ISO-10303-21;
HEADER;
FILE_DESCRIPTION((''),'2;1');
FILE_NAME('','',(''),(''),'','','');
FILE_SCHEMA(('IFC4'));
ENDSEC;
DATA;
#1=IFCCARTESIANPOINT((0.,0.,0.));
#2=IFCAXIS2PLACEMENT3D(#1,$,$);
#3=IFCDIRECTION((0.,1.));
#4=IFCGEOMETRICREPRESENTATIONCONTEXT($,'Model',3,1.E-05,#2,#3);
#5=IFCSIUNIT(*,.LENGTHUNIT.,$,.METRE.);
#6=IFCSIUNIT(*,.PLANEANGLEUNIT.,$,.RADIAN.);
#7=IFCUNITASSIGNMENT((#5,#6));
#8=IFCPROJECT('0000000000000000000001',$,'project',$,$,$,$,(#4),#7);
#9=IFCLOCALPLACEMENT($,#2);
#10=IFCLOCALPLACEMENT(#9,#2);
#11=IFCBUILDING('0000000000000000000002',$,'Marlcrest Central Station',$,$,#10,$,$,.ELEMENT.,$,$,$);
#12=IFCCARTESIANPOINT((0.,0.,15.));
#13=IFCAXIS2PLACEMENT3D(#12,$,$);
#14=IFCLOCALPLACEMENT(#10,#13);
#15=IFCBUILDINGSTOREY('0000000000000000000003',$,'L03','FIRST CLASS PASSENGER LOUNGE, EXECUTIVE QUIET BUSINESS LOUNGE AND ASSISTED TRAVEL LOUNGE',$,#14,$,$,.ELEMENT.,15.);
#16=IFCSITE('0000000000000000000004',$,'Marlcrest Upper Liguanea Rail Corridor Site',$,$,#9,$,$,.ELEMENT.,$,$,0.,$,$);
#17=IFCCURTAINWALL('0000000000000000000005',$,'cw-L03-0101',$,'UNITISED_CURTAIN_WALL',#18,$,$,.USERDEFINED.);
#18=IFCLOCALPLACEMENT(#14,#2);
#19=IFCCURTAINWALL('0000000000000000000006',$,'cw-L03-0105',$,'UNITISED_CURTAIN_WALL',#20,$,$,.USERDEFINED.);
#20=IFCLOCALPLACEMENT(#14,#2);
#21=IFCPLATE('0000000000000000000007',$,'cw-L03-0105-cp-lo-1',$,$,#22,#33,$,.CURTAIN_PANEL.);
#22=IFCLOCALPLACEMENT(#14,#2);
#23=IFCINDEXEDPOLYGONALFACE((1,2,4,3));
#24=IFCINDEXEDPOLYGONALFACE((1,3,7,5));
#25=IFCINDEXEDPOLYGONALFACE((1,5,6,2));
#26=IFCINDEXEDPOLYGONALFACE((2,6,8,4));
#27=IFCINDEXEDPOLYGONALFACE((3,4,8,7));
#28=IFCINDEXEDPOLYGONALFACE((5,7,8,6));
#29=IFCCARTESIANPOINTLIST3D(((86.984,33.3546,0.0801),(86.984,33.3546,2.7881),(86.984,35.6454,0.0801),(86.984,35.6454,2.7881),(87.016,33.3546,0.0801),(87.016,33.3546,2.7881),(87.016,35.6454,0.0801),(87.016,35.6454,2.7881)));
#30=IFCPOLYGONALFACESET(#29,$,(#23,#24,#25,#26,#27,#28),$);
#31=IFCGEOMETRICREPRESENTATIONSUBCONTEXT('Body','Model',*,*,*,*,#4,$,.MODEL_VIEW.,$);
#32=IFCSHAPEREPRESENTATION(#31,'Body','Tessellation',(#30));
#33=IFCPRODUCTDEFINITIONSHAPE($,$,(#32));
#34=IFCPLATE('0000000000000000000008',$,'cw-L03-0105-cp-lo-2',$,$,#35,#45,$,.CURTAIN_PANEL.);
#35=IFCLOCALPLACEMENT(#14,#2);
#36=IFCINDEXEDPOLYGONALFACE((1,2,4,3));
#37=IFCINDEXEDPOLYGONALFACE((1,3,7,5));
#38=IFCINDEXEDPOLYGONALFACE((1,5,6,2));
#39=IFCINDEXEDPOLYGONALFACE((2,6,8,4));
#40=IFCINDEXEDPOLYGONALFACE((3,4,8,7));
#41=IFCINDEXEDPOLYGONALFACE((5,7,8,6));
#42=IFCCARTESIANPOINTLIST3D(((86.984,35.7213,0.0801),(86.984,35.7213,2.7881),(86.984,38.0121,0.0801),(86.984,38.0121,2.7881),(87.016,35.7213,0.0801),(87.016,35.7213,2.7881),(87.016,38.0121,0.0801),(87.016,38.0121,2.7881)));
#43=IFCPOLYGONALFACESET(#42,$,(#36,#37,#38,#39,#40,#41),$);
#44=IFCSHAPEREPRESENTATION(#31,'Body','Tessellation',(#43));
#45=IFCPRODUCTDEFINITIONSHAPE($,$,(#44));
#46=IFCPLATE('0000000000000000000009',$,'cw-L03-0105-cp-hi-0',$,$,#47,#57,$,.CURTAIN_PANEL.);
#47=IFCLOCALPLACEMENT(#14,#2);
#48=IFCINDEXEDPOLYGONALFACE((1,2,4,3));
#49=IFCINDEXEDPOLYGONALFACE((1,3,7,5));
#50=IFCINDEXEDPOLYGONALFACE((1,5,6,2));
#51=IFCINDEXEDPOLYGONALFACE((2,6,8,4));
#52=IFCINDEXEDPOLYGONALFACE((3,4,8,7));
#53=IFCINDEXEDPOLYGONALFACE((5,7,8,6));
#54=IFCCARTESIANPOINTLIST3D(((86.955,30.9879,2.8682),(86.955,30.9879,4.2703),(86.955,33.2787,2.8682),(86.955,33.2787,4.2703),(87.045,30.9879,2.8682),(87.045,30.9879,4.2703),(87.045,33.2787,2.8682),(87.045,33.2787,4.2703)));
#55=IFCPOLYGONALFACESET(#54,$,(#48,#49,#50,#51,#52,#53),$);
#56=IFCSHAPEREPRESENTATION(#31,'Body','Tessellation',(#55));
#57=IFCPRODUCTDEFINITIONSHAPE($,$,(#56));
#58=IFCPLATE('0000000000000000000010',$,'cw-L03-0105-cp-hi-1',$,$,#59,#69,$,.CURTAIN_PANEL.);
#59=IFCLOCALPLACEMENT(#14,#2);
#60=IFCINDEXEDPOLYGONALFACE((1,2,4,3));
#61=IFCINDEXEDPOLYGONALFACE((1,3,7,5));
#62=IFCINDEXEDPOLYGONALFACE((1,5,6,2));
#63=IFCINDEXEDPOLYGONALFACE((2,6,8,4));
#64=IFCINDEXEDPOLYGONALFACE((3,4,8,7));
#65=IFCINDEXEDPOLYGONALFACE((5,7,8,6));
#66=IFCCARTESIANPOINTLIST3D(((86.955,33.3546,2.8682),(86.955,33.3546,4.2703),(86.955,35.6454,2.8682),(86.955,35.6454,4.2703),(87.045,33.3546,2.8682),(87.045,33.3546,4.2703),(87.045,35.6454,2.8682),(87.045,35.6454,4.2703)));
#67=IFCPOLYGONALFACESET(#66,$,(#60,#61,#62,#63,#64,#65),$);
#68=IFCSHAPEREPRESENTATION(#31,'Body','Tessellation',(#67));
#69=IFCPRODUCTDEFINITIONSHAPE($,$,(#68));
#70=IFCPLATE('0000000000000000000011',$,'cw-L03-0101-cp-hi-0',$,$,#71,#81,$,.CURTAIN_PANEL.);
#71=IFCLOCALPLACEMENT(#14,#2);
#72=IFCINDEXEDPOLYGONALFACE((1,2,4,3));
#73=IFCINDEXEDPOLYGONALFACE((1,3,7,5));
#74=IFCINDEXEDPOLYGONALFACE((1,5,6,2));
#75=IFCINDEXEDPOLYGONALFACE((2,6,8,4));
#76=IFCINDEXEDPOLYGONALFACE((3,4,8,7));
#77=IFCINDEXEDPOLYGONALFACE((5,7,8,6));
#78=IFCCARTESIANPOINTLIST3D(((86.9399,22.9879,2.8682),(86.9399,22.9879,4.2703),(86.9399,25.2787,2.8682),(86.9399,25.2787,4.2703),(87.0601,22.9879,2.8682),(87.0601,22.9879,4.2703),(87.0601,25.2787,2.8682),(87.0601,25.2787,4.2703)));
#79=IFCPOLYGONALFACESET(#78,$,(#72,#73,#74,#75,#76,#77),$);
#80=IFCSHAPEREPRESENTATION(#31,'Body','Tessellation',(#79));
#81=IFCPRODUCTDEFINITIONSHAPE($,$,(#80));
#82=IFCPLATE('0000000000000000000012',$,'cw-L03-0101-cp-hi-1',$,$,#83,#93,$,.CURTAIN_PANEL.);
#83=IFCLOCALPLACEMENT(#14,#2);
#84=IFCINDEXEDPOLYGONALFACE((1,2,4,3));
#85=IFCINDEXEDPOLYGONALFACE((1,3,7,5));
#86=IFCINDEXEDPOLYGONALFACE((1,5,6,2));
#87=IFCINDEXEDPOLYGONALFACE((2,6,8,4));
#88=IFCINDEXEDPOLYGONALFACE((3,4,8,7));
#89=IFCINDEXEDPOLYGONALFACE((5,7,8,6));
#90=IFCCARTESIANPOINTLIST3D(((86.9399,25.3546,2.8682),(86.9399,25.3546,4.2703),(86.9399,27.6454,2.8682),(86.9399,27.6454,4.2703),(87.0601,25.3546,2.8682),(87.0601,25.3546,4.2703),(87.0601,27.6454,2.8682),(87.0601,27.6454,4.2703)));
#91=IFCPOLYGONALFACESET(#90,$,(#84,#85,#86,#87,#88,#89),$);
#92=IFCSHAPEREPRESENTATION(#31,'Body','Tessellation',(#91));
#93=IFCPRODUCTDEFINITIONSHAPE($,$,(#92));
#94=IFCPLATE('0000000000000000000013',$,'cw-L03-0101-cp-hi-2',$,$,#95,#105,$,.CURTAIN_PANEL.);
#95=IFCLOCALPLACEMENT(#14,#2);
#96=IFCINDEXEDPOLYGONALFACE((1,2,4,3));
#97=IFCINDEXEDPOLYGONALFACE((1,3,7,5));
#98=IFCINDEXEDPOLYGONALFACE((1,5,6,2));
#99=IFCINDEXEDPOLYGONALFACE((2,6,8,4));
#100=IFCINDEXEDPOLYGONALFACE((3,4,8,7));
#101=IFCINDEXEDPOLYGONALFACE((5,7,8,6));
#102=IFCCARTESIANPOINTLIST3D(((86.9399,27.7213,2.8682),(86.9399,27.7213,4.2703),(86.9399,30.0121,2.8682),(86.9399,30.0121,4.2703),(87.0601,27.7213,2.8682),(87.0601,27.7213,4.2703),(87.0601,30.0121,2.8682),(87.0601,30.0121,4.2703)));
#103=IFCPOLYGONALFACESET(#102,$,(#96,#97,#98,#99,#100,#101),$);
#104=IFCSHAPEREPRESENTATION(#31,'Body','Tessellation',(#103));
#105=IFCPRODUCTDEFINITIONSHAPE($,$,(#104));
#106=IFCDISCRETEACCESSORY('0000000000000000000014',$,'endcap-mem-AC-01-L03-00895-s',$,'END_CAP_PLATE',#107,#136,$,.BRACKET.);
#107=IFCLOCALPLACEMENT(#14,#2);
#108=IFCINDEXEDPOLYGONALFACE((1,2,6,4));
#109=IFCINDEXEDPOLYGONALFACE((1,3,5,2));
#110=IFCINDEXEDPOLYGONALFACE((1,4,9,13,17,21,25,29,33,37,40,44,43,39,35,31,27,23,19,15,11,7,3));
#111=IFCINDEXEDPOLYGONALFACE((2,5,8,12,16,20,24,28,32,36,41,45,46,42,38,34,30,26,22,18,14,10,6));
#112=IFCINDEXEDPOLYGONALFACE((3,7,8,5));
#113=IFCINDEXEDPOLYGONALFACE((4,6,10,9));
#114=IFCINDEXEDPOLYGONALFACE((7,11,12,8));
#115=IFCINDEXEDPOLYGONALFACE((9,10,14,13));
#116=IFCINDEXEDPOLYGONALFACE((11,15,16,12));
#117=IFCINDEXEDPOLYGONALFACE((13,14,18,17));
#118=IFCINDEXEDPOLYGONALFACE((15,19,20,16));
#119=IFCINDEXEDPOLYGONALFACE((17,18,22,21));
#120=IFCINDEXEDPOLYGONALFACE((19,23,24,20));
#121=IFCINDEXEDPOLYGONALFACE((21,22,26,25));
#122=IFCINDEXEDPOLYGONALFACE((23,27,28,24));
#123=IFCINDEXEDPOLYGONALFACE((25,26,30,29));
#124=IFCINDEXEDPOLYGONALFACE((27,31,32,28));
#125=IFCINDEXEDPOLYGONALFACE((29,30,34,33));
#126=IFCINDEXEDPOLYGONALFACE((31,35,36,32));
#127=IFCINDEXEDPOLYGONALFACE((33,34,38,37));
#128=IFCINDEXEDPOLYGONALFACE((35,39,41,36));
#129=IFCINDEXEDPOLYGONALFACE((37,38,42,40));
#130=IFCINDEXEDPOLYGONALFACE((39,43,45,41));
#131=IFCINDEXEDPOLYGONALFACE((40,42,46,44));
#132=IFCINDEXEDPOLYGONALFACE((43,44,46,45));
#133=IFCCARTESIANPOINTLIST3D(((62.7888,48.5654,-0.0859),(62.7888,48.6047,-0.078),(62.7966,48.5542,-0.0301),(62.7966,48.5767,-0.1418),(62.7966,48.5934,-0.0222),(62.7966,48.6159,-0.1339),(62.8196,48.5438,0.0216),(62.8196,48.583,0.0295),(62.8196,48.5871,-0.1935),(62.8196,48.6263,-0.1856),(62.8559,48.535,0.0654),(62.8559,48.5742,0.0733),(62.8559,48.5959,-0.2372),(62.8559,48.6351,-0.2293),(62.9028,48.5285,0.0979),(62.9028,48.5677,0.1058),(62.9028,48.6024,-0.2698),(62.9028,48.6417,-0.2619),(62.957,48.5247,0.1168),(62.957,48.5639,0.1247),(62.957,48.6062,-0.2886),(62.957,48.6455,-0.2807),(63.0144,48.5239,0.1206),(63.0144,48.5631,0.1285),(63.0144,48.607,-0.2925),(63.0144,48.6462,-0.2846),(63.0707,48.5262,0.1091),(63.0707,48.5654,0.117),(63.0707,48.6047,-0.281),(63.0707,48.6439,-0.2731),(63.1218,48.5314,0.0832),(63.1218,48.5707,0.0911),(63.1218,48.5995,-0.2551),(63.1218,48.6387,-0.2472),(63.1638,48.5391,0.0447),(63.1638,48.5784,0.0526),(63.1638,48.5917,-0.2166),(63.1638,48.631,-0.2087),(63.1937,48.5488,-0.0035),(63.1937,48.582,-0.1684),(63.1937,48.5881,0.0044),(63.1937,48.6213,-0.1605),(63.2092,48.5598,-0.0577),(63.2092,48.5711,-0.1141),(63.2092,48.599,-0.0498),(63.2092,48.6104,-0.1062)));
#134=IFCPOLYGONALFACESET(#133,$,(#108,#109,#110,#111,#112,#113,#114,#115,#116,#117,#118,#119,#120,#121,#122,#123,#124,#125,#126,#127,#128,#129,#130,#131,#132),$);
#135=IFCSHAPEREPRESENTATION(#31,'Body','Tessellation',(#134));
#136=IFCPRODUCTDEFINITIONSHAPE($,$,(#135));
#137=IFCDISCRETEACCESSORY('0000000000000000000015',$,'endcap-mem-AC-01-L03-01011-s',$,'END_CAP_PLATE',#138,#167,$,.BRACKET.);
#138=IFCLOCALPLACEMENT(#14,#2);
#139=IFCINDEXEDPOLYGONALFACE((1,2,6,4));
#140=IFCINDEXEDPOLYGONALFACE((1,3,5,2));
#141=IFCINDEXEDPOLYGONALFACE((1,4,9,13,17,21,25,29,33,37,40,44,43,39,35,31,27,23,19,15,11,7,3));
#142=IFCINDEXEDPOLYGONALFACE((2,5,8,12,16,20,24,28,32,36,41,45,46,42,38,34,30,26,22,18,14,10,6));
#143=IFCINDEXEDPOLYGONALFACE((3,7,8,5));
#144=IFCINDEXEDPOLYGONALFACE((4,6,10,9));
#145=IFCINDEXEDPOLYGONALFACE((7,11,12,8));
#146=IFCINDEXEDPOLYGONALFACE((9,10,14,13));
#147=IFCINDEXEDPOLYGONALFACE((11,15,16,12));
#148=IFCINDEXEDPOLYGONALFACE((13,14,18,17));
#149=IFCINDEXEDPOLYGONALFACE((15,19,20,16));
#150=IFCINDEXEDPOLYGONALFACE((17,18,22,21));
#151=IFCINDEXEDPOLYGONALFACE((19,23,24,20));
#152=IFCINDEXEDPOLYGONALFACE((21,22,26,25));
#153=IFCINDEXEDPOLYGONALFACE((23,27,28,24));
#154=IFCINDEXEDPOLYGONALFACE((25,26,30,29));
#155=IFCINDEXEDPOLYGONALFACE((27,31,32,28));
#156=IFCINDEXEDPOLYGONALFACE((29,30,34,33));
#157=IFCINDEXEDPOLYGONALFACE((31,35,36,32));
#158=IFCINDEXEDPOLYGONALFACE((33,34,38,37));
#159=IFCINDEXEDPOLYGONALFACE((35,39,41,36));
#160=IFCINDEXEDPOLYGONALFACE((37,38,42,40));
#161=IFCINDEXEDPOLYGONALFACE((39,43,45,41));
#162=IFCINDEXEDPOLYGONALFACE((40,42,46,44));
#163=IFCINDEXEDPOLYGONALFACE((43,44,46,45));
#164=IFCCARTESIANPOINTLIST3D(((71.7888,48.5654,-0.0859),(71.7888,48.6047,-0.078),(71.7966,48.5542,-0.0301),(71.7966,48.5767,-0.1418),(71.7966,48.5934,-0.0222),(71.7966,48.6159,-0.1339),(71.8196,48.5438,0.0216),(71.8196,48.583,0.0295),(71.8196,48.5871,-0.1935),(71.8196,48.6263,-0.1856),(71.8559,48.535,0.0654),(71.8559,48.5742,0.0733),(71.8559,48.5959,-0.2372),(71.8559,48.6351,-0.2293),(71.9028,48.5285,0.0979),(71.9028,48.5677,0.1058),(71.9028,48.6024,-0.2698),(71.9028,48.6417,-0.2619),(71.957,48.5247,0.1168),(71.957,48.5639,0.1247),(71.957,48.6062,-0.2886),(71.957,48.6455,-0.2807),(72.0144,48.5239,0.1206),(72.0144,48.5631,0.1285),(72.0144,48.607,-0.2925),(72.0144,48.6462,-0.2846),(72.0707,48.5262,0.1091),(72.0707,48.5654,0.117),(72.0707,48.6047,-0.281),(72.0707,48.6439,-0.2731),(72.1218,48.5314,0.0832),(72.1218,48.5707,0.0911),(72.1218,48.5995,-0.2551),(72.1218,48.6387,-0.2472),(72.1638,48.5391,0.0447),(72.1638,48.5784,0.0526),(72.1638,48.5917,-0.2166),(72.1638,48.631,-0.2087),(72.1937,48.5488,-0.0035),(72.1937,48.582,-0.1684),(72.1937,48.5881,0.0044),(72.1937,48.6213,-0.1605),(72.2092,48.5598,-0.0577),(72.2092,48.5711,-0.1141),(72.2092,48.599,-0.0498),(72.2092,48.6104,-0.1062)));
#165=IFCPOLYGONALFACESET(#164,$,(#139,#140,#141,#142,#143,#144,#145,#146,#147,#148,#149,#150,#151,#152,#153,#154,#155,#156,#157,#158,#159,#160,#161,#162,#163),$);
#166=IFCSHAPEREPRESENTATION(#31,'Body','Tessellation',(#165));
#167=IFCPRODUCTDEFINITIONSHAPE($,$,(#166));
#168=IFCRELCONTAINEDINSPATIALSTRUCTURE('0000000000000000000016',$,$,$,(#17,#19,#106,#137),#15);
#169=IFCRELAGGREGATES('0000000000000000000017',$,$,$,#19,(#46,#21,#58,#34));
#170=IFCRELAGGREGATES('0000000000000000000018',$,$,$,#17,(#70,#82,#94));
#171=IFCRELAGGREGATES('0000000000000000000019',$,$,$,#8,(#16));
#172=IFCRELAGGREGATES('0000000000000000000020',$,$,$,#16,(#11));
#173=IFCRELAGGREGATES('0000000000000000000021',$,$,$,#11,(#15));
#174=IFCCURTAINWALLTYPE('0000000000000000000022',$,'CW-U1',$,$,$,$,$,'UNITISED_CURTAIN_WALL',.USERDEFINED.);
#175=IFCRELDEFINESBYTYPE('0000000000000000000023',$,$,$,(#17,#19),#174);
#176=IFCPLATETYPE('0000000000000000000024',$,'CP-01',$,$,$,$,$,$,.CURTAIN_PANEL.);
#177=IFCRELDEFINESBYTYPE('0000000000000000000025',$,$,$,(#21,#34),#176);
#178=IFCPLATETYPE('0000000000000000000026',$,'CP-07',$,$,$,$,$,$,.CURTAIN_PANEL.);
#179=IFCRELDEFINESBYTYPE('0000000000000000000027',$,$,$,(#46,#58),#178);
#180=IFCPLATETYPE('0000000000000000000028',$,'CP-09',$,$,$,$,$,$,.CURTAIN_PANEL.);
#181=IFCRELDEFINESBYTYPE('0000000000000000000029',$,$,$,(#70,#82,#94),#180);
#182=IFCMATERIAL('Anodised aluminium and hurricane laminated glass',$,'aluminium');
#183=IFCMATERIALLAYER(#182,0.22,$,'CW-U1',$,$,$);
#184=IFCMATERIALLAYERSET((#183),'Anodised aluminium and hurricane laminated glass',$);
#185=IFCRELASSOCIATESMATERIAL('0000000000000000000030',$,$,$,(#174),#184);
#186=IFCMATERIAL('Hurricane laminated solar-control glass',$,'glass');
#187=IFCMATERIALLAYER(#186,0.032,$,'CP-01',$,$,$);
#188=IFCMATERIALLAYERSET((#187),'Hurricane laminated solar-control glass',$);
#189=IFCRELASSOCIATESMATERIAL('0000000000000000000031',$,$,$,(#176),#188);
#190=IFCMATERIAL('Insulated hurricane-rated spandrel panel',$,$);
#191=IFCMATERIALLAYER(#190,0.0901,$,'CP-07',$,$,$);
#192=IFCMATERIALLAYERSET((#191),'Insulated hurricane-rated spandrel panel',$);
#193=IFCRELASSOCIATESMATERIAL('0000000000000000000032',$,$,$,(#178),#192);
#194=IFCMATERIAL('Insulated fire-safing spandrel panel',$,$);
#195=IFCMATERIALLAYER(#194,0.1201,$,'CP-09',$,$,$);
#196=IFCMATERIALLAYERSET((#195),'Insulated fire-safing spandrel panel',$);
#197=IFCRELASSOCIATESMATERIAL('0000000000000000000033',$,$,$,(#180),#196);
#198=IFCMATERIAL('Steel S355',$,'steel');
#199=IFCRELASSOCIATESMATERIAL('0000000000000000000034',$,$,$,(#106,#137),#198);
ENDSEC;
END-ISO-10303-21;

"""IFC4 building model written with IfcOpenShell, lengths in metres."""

from ifc_helpers import new_model, si_unit, direction, frame, origin, origin_2d, place, context, subcontext, project, spatial, rectangle, circle, extrude, material, layer, layer_set, type_object, element, aggregate, save


model = new_model("IFC4")

# Units and contexts
model_context = context("Model", 3, precision=1e-05, world=origin(), true_north=direction((0.0, 1.0)))
body_context = subcontext(model_context, "Body", "Model", "MODEL_VIEW")
ifc_project = project(units=[si_unit("LENGTHUNIT", "METRE"), si_unit("PLANEANGLEUNIT", "RADIAN")], contexts=[model_context])

# Site, building, storey
site_placement = place(None, origin())
site = spatial("IfcSite", under=ifc_project, at=site_placement, Name="Marlcrest Upper Liguanea Rail Corridor Site", CompositionType="ELEMENT", RefElevation=0.0)
building_placement = place(site_placement, origin())
building = spatial("IfcBuilding", under=site, at=building_placement, Name="Marlcrest Central Station", CompositionType="ELEMENT")
storey_placement = place(building_placement, frame((0.0, 0.0, 15.0)))
storey = spatial("IfcBuildingStorey", under=building, at=storey_placement, Name="L03", Description="FIRST CLASS PASSENGER LOUNGE, EXECUTIVE QUIET BUSINESS LOUNGE AND ASSISTED TRAVEL LOUNGE", CompositionType="ELEMENT", Elevation=15.0)

# Shared definitions
ifc_material_1 = material(Name="Steel S355", Category="steel")

# Curtain walls
ifc_material_2 = material(Name="Anodised aluminium and hurricane laminated glass", Category="aluminium")
ifc_layer_1 = layer(ifc_material_2, 0.22, Name="CW-U1")
ifc_layer_set_1 = layer_set([ifc_layer_1], Name="Anodised aluminium and hurricane laminated glass")
curtain_wall_type = type_object("IfcCurtainWallType", Name="CW-U1", ElementType="UNITISED_CURTAIN_WALL", PredefinedType="USERDEFINED", material=ifc_layer_set_1)
curtain_wall_1_placement = place(storey_placement, origin())
curtain_wall_1 = element("IfcCurtainWall", 1, at=curtain_wall_1_placement, inside=storey, type_object=curtain_wall_type, Name="cw-L03-0101", ObjectType="UNITISED_CURTAIN_WALL", PredefinedType="USERDEFINED")
curtain_wall_2_placement = place(storey_placement, origin())
curtain_wall_2 = element("IfcCurtainWall", 2, at=curtain_wall_2_placement, inside=storey, type_object=curtain_wall_type, Name="cw-L03-0105", ObjectType="UNITISED_CURTAIN_WALL", PredefinedType="USERDEFINED")

# Plates
ifc_material_3 = material(Name="Hurricane laminated solar-control glass", Category="glass")
ifc_layer_2 = layer(ifc_material_3, 0.032, Name="CP-01")
ifc_layer_set_2 = layer_set([ifc_layer_2], Name="Hurricane laminated solar-control glass")
plate_type_1 = type_object("IfcPlateType", Name="CP-01", PredefinedType="CURTAIN_PANEL", material=ifc_layer_set_2)
plate_1_placement = place(storey_placement, frame((87.0, 34.5, 0.0801), z_axis=(0.0, 0.0, 1.0), x_axis=(0.0, 1.0, 0.0)))
plate_1 = element("IfcPlate", 3, at=plate_1_placement, type_object=plate_type_1, Name="cw-L03-0105-cp-lo-1", PredefinedType="CURTAIN_PANEL", context=body_context, shape_type="SweptSolid", body=[
    extrude(rectangle(XDim=2.2908, YDim=0.032, at=origin_2d()), origin(), (0.0, 0.0, 1.0), 2.708),
])
plate_2_placement = place(storey_placement, frame((87.0, 36.8667, 0.0801), z_axis=(0.0, 0.0, 1.0), x_axis=(0.0, 1.0, 0.0)))
plate_2 = element("IfcPlate", 4, at=plate_2_placement, type_object=plate_type_1, Name="cw-L03-0105-cp-lo-2", PredefinedType="CURTAIN_PANEL", context=body_context, shape_type="SweptSolid", body=[
    extrude(rectangle(XDim=2.2908, YDim=0.032, at=origin_2d()), origin(), (0.0, 0.0, 1.0), 2.708),
])
ifc_material_4 = material(Name="Insulated hurricane-rated spandrel panel")
ifc_layer_3 = layer(ifc_material_4, 0.0901, Name="CP-07")
ifc_layer_set_3 = layer_set([ifc_layer_3], Name="Insulated hurricane-rated spandrel panel")
plate_type_2 = type_object("IfcPlateType", Name="CP-07", PredefinedType="CURTAIN_PANEL", material=ifc_layer_set_3)
plate_3_placement = place(storey_placement, frame((87.0, 32.1333, 2.8682), z_axis=(0.0, 0.0, 1.0), x_axis=(0.0, 1.0, 0.0)))
plate_3 = element("IfcPlate", 5, at=plate_3_placement, type_object=plate_type_2, Name="cw-L03-0105-cp-hi-0", PredefinedType="CURTAIN_PANEL", context=body_context, shape_type="SweptSolid", body=[
    extrude(rectangle(XDim=2.2908, YDim=0.0901, at=origin_2d()), origin(), (0.0, 0.0, 1.0), 1.4021),
])
plate_4_placement = place(storey_placement, frame((87.0, 34.5, 2.8682), z_axis=(0.0, 0.0, 1.0), x_axis=(0.0, 1.0, 0.0)))
plate_4 = element("IfcPlate", 6, at=plate_4_placement, type_object=plate_type_2, Name="cw-L03-0105-cp-hi-1", PredefinedType="CURTAIN_PANEL", context=body_context, shape_type="SweptSolid", body=[
    extrude(rectangle(XDim=2.2908, YDim=0.0901, at=origin_2d()), origin(), (0.0, 0.0, 1.0), 1.4021),
])
aggregate(curtain_wall_2, [plate_3, plate_1, plate_4, plate_2])
ifc_material_5 = material(Name="Insulated fire-safing spandrel panel")
ifc_layer_4 = layer(ifc_material_5, 0.1201, Name="CP-09")
ifc_layer_set_4 = layer_set([ifc_layer_4], Name="Insulated fire-safing spandrel panel")
plate_type_3 = type_object("IfcPlateType", Name="CP-09", PredefinedType="CURTAIN_PANEL", material=ifc_layer_set_4)
plate_5_placement = place(storey_placement, frame((87.0, 24.1333, 2.8682), z_axis=(0.0, 0.0, 1.0), x_axis=(0.0, 1.0, 0.0)))
plate_5 = element("IfcPlate", 7, at=plate_5_placement, type_object=plate_type_3, Name="cw-L03-0101-cp-hi-0", PredefinedType="CURTAIN_PANEL", context=body_context, shape_type="SweptSolid", body=[
    extrude(rectangle(XDim=2.2908, YDim=0.1201, at=origin_2d()), origin(), (0.0, 0.0, 1.0), 1.4021),
])
plate_6_placement = place(storey_placement, frame((87.0, 26.5, 2.8682), z_axis=(0.0, 0.0, 1.0), x_axis=(0.0, 1.0, 0.0)))
plate_6 = element("IfcPlate", 8, at=plate_6_placement, type_object=plate_type_3, Name="cw-L03-0101-cp-hi-1", PredefinedType="CURTAIN_PANEL", context=body_context, shape_type="SweptSolid", body=[
    extrude(rectangle(XDim=2.2908, YDim=0.1201, at=origin_2d()), origin(), (0.0, 0.0, 1.0), 1.4021),
])
plate_7_placement = place(storey_placement, frame((87.0, 28.8667, 2.8682), z_axis=(0.0, 0.0, 1.0), x_axis=(0.0, 1.0, 0.0)))
plate_7 = element("IfcPlate", 9, at=plate_7_placement, type_object=plate_type_3, Name="cw-L03-0101-cp-hi-2", PredefinedType="CURTAIN_PANEL", context=body_context, shape_type="SweptSolid", body=[
    extrude(rectangle(XDim=2.2908, YDim=0.1201, at=origin_2d()), origin(), (0.0, 0.0, 1.0), 1.4021),
])
aggregate(curtain_wall_1, [plate_5, plate_6, plate_7])

# Discrete accessories
for number, where, z_axis, x_axis, name in (
    (10, (63.0, 48.5654, -0.0859), (0.0, 0.980359, 0.197219), (-1.0, 0.0, 0.0), "endcap-mem-AC-01-L03-00895-s"),
    (11, (72.0, 48.5654, -0.0859), (0.0, 0.980359, 0.197219), (-1.0, 0.0, 0.0), "endcap-mem-AC-01-L03-01011-s"),
):
    element("IfcDiscreteAccessory", number, at=place(storey_placement, frame(where, z_axis=z_axis, x_axis=x_axis)), inside=storey, material=ifc_material_1, Name=name, ObjectType="END_CAP_PLATE", PredefinedType="BRACKET", context=body_context, shape_type="SweptSolid", body=[
        extrude(circle(Radius=0.2112, at=origin_2d()), origin(), (0.0, 0.0, 1.0), 0.04),
    ])

save(model, "model.ifc")
